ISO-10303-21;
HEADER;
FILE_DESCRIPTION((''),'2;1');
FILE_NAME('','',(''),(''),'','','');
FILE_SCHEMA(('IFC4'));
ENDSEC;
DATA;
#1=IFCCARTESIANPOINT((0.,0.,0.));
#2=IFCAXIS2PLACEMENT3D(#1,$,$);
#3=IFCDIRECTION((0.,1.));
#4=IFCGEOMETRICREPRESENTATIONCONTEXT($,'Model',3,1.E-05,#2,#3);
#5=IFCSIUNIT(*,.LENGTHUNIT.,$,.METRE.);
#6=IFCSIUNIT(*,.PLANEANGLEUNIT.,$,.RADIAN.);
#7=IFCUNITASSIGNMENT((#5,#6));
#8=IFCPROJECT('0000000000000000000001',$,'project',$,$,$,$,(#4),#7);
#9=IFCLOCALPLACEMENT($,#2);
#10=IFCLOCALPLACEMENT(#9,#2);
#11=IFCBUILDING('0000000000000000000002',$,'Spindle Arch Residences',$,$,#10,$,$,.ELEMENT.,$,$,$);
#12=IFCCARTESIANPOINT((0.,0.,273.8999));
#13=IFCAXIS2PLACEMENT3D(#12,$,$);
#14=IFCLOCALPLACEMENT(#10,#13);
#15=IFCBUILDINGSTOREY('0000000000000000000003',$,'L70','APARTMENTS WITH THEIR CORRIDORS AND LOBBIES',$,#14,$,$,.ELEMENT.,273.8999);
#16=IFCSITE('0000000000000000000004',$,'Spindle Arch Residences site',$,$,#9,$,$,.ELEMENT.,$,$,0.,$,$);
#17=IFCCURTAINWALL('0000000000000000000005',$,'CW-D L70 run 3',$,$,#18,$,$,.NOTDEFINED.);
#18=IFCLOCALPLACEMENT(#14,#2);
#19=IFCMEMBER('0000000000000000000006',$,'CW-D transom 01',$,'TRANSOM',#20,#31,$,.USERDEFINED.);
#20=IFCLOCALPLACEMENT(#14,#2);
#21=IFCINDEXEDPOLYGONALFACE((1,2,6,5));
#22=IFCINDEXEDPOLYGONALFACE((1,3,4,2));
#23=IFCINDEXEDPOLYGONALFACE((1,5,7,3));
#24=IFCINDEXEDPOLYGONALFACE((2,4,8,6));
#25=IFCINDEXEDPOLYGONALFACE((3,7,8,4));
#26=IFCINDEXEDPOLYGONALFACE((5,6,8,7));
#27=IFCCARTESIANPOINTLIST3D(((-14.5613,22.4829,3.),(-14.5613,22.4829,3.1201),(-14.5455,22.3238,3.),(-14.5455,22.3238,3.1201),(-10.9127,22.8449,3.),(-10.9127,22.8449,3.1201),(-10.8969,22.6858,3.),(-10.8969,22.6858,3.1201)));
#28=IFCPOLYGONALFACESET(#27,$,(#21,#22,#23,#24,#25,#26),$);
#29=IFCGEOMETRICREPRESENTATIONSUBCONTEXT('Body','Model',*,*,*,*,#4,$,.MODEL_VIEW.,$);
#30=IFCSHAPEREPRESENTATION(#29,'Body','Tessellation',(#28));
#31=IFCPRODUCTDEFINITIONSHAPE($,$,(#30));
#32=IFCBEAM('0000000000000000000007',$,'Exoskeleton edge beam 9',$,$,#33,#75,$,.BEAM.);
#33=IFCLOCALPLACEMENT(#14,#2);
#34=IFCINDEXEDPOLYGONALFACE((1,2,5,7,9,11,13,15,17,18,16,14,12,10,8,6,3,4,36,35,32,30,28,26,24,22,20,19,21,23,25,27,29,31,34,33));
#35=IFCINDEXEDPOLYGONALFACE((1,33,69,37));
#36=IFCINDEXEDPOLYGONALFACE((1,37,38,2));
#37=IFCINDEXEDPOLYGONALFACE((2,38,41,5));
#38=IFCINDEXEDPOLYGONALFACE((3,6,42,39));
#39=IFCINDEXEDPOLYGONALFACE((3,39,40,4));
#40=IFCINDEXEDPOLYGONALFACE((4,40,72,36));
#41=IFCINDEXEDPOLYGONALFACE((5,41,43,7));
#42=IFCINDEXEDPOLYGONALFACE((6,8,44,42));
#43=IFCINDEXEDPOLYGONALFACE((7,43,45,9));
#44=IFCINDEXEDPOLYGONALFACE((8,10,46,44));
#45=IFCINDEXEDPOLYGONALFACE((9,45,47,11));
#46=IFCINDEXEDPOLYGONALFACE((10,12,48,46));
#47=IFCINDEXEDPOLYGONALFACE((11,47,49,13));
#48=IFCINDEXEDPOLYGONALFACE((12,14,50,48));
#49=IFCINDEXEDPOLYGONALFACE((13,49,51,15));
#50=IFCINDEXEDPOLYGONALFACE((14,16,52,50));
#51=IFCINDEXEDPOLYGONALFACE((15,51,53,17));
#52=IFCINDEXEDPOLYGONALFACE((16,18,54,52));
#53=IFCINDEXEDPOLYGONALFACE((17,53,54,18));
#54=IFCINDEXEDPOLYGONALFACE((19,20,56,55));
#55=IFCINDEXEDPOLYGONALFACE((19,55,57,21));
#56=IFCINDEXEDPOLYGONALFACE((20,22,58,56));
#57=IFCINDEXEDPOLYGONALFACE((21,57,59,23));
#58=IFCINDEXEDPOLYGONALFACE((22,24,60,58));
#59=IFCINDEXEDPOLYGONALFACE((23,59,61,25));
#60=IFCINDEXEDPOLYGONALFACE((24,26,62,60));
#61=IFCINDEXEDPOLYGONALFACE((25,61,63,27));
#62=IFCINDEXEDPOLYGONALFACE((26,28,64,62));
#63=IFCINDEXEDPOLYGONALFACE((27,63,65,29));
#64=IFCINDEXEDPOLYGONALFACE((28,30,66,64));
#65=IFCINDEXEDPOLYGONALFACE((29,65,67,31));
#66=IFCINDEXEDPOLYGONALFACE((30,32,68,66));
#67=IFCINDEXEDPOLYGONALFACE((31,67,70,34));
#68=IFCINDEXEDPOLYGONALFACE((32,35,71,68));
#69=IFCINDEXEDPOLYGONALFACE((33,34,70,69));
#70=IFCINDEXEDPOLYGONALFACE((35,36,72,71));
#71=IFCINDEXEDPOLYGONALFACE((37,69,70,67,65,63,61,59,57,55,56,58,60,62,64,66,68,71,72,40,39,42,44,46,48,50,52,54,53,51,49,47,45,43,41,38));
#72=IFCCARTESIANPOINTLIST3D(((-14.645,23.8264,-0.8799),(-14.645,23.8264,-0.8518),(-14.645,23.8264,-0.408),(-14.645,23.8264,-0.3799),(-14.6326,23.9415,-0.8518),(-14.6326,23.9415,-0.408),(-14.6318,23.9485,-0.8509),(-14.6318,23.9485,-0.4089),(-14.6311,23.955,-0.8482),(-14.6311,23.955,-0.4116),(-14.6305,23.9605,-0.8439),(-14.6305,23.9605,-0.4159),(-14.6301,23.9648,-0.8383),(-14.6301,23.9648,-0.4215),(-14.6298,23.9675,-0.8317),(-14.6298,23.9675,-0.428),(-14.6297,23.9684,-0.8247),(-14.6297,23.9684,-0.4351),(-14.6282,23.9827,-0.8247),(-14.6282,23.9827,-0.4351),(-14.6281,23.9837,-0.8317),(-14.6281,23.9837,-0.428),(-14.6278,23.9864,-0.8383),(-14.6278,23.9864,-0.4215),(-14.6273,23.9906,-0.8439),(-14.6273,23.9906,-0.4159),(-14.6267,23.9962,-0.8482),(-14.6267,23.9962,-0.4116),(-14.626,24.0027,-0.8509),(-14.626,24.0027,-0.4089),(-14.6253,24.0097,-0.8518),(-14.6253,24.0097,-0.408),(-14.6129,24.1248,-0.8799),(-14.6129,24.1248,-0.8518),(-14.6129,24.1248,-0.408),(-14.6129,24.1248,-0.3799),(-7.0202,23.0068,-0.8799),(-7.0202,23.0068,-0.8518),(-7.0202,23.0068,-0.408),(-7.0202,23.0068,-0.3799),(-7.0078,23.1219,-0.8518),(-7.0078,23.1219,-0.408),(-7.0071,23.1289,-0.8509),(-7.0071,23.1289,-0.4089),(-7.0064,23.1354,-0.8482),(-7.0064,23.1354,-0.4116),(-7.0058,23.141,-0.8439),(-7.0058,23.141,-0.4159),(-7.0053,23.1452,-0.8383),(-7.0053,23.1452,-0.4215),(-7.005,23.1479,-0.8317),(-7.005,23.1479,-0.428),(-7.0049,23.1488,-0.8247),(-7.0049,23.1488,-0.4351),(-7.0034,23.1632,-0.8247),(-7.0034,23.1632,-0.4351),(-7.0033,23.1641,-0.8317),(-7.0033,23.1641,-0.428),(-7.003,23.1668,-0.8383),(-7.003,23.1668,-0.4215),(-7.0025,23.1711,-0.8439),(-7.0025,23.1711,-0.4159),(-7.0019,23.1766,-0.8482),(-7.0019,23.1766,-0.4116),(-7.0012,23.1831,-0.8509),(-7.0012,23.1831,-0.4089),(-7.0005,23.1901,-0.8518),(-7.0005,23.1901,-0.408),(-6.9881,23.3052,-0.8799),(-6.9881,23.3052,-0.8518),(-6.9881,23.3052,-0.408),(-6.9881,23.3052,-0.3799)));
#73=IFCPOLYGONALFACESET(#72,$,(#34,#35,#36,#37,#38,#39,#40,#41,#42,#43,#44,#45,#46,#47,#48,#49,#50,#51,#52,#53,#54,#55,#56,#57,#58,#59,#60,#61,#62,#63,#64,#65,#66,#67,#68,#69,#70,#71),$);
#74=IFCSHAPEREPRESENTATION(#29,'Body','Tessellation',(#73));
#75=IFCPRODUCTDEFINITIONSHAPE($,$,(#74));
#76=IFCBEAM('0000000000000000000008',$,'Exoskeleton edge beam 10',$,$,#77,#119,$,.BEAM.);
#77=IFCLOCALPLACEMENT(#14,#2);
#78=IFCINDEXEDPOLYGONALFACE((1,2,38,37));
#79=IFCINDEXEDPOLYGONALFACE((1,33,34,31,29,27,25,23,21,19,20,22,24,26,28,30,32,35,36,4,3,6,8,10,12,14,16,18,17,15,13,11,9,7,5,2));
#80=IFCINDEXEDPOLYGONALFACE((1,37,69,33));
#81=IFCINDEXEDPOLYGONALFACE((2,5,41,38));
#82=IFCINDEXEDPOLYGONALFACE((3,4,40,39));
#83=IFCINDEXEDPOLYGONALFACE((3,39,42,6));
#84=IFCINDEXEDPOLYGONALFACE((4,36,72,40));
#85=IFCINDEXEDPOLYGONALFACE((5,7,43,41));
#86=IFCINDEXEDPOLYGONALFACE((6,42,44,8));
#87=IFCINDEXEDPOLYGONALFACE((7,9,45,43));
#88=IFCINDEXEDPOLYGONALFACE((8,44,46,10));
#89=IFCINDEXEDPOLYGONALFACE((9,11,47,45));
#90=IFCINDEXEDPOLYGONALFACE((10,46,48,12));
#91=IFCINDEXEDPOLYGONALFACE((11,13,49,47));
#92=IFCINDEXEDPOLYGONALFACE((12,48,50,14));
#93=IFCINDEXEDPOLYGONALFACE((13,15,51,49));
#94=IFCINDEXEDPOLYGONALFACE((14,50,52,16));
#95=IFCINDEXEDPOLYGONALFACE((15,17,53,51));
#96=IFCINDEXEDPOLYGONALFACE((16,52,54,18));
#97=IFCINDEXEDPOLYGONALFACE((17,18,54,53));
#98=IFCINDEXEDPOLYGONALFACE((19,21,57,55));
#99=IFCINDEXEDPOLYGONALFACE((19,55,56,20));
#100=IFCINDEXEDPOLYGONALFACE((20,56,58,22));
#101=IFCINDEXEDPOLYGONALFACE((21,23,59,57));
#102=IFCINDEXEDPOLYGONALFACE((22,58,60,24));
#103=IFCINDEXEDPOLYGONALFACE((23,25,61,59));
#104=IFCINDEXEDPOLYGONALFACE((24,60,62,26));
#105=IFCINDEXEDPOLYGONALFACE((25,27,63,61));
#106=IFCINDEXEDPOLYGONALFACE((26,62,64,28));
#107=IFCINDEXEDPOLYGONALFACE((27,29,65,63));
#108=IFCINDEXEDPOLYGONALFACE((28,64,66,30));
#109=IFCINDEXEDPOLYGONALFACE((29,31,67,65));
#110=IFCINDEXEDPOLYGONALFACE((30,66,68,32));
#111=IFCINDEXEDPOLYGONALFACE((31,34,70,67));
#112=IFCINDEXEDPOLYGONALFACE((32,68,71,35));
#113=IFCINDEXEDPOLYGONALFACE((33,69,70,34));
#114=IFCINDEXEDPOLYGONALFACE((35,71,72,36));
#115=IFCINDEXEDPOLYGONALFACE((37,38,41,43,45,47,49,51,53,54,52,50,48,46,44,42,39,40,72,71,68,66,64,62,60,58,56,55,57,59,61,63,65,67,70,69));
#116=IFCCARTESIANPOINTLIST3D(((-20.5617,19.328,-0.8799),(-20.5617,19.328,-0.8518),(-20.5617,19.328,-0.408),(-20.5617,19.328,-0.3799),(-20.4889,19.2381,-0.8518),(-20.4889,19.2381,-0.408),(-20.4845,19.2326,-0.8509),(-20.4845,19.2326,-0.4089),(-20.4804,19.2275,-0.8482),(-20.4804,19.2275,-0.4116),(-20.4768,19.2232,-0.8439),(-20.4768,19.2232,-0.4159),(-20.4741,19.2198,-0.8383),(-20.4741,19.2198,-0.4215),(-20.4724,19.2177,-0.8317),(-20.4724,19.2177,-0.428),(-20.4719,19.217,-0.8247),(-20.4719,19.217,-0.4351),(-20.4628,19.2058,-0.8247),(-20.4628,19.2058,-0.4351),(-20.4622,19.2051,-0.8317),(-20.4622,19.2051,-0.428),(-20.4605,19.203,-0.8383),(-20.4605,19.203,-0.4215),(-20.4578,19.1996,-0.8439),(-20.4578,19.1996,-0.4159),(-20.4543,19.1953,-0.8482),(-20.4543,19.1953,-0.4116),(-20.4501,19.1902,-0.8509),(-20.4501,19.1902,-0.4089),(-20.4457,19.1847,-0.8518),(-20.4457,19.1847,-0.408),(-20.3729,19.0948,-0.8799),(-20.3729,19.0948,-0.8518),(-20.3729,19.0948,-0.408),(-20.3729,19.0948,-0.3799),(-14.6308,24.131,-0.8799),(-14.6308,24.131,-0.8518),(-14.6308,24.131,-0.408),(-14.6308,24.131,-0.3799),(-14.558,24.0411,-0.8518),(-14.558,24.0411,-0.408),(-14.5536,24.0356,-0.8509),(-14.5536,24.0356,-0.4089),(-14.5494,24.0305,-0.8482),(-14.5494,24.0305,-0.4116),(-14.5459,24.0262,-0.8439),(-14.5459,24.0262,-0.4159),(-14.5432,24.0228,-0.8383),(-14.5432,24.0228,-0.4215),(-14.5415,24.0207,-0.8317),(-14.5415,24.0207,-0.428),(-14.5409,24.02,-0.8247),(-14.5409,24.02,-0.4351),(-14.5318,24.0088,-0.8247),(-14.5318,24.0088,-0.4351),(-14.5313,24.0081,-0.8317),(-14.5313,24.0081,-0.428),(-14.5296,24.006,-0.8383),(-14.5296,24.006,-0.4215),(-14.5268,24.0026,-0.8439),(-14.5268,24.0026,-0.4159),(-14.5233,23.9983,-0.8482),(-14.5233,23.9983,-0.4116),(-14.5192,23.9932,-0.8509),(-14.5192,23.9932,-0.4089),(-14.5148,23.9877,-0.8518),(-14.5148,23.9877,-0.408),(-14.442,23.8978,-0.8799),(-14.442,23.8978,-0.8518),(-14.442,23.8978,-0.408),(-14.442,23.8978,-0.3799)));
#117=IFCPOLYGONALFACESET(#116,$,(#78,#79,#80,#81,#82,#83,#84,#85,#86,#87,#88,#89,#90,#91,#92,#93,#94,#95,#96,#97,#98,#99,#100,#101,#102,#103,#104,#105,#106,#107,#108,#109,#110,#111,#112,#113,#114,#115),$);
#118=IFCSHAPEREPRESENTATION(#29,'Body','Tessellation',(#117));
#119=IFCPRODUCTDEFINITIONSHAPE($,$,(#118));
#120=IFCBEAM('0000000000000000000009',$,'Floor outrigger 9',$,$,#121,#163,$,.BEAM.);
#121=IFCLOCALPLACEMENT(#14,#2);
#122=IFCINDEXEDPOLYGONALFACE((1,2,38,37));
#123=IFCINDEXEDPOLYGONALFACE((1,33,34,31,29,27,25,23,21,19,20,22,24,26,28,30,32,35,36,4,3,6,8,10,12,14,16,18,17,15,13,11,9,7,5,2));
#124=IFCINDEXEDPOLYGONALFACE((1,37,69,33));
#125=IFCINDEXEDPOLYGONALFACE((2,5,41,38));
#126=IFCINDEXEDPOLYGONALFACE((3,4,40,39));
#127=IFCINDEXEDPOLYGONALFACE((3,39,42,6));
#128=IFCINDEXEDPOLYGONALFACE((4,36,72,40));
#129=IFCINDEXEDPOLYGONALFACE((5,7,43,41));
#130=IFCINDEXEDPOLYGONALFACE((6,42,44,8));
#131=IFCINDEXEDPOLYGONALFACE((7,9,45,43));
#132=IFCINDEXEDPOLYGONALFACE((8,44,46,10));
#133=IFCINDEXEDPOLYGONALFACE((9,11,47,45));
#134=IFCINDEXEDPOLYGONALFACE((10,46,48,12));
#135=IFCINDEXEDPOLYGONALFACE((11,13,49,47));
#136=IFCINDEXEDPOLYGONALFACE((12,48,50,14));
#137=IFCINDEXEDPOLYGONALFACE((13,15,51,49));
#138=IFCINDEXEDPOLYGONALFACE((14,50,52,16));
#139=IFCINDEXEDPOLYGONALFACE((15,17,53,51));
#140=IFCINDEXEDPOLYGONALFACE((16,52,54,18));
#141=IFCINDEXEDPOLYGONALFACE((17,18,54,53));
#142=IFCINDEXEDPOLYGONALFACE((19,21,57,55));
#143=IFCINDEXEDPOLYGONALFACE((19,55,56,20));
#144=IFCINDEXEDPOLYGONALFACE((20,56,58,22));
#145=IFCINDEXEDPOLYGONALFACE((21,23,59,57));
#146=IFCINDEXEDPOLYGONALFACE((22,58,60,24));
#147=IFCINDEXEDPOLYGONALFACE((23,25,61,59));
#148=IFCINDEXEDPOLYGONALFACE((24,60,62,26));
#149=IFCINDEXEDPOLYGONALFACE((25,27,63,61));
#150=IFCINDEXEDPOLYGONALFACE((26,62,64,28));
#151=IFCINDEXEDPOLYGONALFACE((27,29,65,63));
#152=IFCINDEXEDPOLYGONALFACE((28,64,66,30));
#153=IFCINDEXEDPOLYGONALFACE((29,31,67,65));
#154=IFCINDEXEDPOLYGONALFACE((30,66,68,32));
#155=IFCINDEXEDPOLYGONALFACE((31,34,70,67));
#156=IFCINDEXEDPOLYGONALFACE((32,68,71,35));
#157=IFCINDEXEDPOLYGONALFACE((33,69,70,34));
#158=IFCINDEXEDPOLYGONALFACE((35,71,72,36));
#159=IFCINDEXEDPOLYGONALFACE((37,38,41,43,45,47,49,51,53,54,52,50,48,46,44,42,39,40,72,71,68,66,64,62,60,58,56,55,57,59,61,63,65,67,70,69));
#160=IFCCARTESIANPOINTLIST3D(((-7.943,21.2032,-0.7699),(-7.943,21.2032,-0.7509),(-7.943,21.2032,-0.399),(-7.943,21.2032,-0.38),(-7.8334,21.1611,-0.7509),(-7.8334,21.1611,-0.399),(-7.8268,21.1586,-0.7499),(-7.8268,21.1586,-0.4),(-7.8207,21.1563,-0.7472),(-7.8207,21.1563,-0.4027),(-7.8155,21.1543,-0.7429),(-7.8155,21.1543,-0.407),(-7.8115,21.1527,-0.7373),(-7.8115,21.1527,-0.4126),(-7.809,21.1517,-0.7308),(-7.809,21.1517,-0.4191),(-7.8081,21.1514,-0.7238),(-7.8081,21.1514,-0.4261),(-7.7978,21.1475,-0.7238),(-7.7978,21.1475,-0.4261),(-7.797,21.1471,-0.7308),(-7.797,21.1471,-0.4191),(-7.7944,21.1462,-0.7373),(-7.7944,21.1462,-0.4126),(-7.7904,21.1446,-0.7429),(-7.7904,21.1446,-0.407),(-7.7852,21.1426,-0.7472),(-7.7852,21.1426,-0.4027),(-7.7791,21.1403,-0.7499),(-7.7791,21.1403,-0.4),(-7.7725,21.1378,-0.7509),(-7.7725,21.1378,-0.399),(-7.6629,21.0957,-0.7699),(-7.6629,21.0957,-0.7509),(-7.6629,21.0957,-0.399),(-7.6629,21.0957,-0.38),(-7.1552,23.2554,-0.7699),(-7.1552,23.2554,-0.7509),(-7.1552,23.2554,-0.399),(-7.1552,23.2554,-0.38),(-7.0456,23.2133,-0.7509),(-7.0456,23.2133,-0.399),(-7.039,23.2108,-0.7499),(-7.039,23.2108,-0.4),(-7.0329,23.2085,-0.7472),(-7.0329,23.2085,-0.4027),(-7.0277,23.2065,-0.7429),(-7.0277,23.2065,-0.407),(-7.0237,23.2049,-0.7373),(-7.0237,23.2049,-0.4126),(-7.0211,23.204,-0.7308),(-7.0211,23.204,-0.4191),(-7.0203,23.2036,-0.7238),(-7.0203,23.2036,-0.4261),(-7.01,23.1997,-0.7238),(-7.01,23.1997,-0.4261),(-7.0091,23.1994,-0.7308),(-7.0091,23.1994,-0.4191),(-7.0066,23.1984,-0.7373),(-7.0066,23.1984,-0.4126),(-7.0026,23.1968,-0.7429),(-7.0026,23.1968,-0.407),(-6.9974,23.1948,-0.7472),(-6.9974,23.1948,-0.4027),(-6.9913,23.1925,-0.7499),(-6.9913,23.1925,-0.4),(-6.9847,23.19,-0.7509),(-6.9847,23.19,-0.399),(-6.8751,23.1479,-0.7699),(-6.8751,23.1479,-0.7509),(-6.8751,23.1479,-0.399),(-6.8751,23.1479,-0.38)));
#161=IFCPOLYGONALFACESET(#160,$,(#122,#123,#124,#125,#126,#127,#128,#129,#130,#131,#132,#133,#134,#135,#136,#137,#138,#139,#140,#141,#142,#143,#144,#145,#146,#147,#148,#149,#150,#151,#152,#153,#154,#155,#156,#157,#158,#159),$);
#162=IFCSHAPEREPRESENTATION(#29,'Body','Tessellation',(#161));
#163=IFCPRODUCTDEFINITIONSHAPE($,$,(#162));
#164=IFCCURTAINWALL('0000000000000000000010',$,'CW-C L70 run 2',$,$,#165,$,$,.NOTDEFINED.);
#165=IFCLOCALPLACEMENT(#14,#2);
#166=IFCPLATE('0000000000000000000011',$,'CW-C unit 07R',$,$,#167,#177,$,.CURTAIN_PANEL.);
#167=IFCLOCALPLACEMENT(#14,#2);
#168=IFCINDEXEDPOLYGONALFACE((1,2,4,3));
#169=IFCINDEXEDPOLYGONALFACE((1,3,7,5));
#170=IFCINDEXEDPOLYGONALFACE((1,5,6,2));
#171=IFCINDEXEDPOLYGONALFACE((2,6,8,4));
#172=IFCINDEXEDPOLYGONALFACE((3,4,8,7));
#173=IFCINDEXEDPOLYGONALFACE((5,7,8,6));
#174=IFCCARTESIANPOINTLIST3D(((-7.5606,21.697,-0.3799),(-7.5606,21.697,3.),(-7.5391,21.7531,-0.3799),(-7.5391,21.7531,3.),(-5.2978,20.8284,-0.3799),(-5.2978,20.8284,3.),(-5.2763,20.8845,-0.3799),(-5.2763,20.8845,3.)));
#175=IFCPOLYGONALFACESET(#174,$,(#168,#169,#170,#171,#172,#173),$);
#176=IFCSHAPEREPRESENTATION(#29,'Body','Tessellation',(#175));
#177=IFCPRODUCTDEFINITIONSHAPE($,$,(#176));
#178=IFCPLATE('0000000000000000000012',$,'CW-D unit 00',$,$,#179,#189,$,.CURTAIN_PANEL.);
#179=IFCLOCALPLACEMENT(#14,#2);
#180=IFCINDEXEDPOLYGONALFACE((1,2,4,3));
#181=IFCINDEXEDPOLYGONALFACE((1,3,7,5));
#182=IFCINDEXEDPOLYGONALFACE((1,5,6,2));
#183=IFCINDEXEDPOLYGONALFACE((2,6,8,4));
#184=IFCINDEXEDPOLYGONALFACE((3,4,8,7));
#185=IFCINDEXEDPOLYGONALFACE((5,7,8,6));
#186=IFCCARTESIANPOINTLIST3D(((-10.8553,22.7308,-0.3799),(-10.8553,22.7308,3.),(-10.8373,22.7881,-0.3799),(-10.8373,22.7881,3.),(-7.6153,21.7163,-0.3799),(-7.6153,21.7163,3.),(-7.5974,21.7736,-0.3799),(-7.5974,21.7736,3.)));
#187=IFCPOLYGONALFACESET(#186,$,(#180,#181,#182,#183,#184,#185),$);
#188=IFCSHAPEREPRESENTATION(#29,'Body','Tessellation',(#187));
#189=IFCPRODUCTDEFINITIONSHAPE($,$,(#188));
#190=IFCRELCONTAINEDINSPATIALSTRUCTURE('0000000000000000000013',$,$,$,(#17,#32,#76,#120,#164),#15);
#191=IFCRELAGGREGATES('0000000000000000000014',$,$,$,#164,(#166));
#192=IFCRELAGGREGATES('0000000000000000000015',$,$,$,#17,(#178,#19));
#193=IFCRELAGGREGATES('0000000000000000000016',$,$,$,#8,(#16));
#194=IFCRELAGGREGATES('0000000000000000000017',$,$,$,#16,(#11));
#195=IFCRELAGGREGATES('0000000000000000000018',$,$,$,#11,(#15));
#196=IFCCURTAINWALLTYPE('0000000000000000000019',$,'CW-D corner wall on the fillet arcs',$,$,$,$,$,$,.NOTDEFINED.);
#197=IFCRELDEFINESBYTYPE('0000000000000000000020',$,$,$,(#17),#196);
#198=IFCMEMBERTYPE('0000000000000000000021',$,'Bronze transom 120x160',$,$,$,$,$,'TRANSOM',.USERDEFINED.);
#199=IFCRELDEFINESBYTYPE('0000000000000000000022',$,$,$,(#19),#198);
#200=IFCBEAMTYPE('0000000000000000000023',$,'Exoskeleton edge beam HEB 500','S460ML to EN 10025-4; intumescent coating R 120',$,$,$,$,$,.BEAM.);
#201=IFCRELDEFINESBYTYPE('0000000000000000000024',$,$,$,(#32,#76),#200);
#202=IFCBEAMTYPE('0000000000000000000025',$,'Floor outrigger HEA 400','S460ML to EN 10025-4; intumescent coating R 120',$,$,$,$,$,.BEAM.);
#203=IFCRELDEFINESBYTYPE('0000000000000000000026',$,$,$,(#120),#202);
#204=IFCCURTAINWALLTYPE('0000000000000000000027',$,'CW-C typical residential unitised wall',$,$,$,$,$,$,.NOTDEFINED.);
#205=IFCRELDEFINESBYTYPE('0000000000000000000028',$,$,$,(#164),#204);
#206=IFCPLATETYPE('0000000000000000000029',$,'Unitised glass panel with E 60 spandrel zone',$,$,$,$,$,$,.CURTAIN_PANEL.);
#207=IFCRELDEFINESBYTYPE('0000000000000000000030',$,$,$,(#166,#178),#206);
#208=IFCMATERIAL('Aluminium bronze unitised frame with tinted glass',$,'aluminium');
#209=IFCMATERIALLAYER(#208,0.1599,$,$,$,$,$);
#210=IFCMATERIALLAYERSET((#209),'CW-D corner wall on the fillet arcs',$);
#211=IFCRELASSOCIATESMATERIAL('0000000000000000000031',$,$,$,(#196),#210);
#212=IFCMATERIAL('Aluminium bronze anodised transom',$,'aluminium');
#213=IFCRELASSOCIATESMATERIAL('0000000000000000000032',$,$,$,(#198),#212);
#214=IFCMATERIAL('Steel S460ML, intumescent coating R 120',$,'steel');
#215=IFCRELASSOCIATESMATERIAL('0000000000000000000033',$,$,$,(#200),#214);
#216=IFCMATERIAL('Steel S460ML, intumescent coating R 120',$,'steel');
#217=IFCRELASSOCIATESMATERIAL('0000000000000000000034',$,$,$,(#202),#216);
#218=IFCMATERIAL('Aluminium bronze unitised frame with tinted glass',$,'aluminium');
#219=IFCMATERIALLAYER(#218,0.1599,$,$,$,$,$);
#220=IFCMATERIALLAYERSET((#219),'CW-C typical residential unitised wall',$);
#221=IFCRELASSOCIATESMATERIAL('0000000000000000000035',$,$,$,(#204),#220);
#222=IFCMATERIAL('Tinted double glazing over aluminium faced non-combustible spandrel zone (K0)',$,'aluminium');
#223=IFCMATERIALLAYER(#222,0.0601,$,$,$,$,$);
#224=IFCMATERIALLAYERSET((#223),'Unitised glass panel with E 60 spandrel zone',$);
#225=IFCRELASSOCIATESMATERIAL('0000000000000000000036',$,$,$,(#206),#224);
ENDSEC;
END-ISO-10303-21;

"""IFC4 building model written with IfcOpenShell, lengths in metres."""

from ifc_helpers import new_model, si_unit, direction, frame, origin, origin_2d, place, context, subcontext, project, spatial, rectangle, i_section, extrude, material, layer, layer_set, material_profile, profile_set, type_object, element, aggregate, save


model = new_model("IFC4")

# Units and contexts
model_context = context("Model", 3, precision=1e-05, world=origin(), true_north=direction((0.0, 1.0)))
body_context = subcontext(model_context, "Body", "Model", "MODEL_VIEW")
ifc_project = project(units=[si_unit("LENGTHUNIT", "METRE"), si_unit("PLANEANGLEUNIT", "RADIAN")], contexts=[model_context])

# Site, building, storey
site_placement = place(None, origin())
site = spatial("IfcSite", under=ifc_project, at=site_placement, Name="Spindle Arch Residences site", CompositionType="ELEMENT", RefElevation=0.0)
building_placement = place(site_placement, origin())
building = spatial("IfcBuilding", under=site, at=building_placement, Name="Spindle Arch Residences", CompositionType="ELEMENT")
storey_placement = place(building_placement, frame((0.0, 0.0, 273.8999)))
storey = spatial("IfcBuildingStorey", under=building, at=storey_placement, Name="L70", Description="APARTMENTS WITH THEIR CORRIDORS AND LOBBIES", CompositionType="ELEMENT", Elevation=273.8999)

# Curtain wall, member
ifc_material_1 = material(Name="Aluminium bronze unitised frame with tinted glass", Category="aluminium")
ifc_layer_1 = layer(ifc_material_1, 0.1599)
ifc_layer_set_1 = layer_set([ifc_layer_1], Name="CW-D corner wall on the fillet arcs")
curtain_wall_type_1 = type_object("IfcCurtainWallType", Name="CW-D corner wall on the fillet arcs", PredefinedType="NOTDEFINED", material=ifc_layer_set_1)
curtain_wall_1_placement = place(storey_placement, origin())
curtain_wall_1 = element("IfcCurtainWall", 1, at=curtain_wall_1_placement, inside=storey, type_object=curtain_wall_type_1, Name="CW-D L70 run 3", PredefinedType="NOTDEFINED")
ifc_material_2 = material(Name="Aluminium bronze anodised transom", Category="aluminium")
ifc_material_profile_1 = material_profile(ifc_material_2, rectangle(XDim=0.1599, YDim=0.1201, at=origin_2d()), Name="TR 120x160")
ifc_profile_set_1 = profile_set([ifc_material_profile_1], Name="Aluminium bronze anodised transom")
member_type_1 = type_object("IfcMemberType", Name="Bronze transom 120x160", ElementType="TRANSOM", PredefinedType="USERDEFINED", material=ifc_profile_set_1)
member_1_placement = place(storey_placement, frame((-10.9048, 22.7654, 3.0601), z_axis=(-0.995113, -0.098746, 0.0), x_axis=(0.098746, -0.995113, 0.0)))
member_1 = element("IfcMember", 2, at=member_1_placement, type_object=member_type_1, Name="CW-D transom 01", ObjectType="TRANSOM", PredefinedType="USERDEFINED", context=body_context, shape_type="SweptSolid", body=[
    extrude(rectangle(XDim=0.1599, YDim=0.1201, at=origin_2d()), origin(), (0.0, 0.0, 1.0), 3.6665),
])

# Beams
ifc_material_3 = material(Name="Steel S460ML, intumescent coating R 120", Category="steel")
ifc_material_profile_2 = material_profile(ifc_material_3, i_section(OverallWidth=0.3, OverallDepth=0.5, WebThickness=0.0144, FlangeThickness=0.0281, FilletRadius=0.0271, at=origin_2d()), Name="HEB 500")
ifc_profile_set_2 = profile_set([ifc_material_profile_2], Name="Steel S460ML, intumescent coating R 120")
beam_type_1 = type_object("IfcBeamType", Name="Exoskeleton edge beam HEB 500", Description="S460ML to EN 10025-4; intumescent coating R 120", PredefinedType="BEAM", material=ifc_profile_set_2)
beam_1_placement = place(storey_placement, frame((-7.0042, 23.156, -0.6299), z_axis=(-0.994273, 0.106874, 0.0), x_axis=(-0.106874, -0.994273, 0.0)))
element("IfcBeam", 3, at=beam_1_placement, inside=storey, type_object=beam_type_1, Name="Exoskeleton edge beam 9", PredefinedType="BEAM", context=body_context, shape_type="SweptSolid", body=[
    extrude(i_section(OverallWidth=0.3, OverallDepth=0.5, WebThickness=0.0144, FlangeThickness=0.0281, FilletRadius=0.0271, at=origin_2d()), origin(), (0.0, 0.0, 1.0), 7.6687),
])
beam_2_placement = place(storey_placement, frame((-14.5364, 24.0144, -0.6299), z_axis=(-0.777132, -0.629338, 0.0), x_axis=(0.629338, -0.777132, 0.0)))
element("IfcBeam", 4, at=beam_2_placement, inside=storey, type_object=beam_type_1, Name="Exoskeleton edge beam 10", PredefinedType="BEAM", context=body_context, shape_type="SweptSolid", body=[
    extrude(i_section(OverallWidth=0.3, OverallDepth=0.5, WebThickness=0.0144, FlangeThickness=0.0281, FilletRadius=0.0271, at=origin_2d()), origin(), (0.0, 0.0, 1.0), 7.6318),
])
ifc_material_4 = material(Name="Steel S460ML, intumescent coating R 120", Category="steel")
ifc_material_profile_3 = material_profile(ifc_material_4, i_section(OverallWidth=0.3, OverallDepth=0.3899, WebThickness=0.011, FlangeThickness=0.019, FilletRadius=0.0271, at=origin_2d()), Name="HEA 400")
ifc_profile_set_3 = profile_set([ifc_material_profile_3], Name="Steel S460ML, intumescent coating R 120")
beam_type_2 = type_object("IfcBeamType", Name="Floor outrigger HEA 400", Description="S460ML to EN 10025-4; intumescent coating R 120", PredefinedType="BEAM", material=ifc_profile_set_3)
beam_3_placement = place(storey_placement, frame((-7.0151, 23.2017, -0.575), z_axis=(-0.358391, -0.933572, 0.0), x_axis=(0.933572, -0.358391, 0.0)))
element("IfcBeam", 5, at=beam_3_placement, inside=storey, type_object=beam_type_2, Name="Floor outrigger 9", PredefinedType="BEAM", context=body_context, shape_type="SweptSolid", body=[
    extrude(i_section(OverallWidth=0.3, OverallDepth=0.3899, WebThickness=0.011, FlangeThickness=0.019, FilletRadius=0.0271, at=origin_2d()), origin(), (0.0, 0.0, 1.0), 2.1982),
])

# Curtain wall, plate
ifc_material_5 = material(Name="Aluminium bronze unitised frame with tinted glass", Category="aluminium")
ifc_layer_2 = layer(ifc_material_5, 0.1599)
ifc_layer_set_2 = layer_set([ifc_layer_2], Name="CW-C typical residential unitised wall")
curtain_wall_type_2 = type_object("IfcCurtainWallType", Name="CW-C typical residential unitised wall", PredefinedType="NOTDEFINED", material=ifc_layer_set_2)
curtain_wall_2_placement = place(storey_placement, origin())
curtain_wall_2 = element("IfcCurtainWall", 6, at=curtain_wall_2_placement, inside=storey, type_object=curtain_wall_type_2, Name="CW-C L70 run 2", PredefinedType="NOTDEFINED")
ifc_material_6 = material(Name="Tinted double glazing over aluminium faced non-combustible spandrel zone (K0)", Category="aluminium")
ifc_layer_3 = layer(ifc_material_6, 0.0601)
ifc_layer_set_3 = layer_set([ifc_layer_3], Name="Unitised glass panel with E 60 spandrel zone")
plate_type = type_object("IfcPlateType", Name="Unitised glass panel with E 60 spandrel zone", PredefinedType="CURTAIN_PANEL", material=ifc_layer_set_3)
plate_1_placement = place(storey_placement, frame((-6.4185, 21.2908, -0.3799), z_axis=(0.0, 0.0, 1.0), x_axis=(-0.93358, 0.358368, 0.0)))
plate_1 = element("IfcPlate", 7, at=plate_1_placement, type_object=plate_type, Name="CW-C unit 07R", PredefinedType="CURTAIN_PANEL", context=body_context, shape_type="SweptSolid", body=[
    extrude(rectangle(XDim=2.4238, YDim=0.0601, at=origin_2d()), origin(), (0.0, 0.0, 1.0), 3.3799),
])
aggregate(curtain_wall_2, [plate_1])

# Plate
plate_2_placement = place(storey_placement, frame((-9.2263, 22.2522, -0.3799), z_axis=(0.0, 0.0, 1.0), x_axis=(-0.954315, 0.298803, 0.0)))
plate_2 = element("IfcPlate", 8, at=plate_2_placement, type_object=plate_type, Name="CW-D unit 00", PredefinedType="CURTAIN_PANEL", context=body_context, shape_type="SweptSolid", body=[
    extrude(rectangle(XDim=3.395, YDim=0.0601, at=origin_2d()), origin(), (0.0, 0.0, 1.0), 3.3799),
])
aggregate(curtain_wall_1, [plate_2, member_1])

save(model, "model.ifc")
